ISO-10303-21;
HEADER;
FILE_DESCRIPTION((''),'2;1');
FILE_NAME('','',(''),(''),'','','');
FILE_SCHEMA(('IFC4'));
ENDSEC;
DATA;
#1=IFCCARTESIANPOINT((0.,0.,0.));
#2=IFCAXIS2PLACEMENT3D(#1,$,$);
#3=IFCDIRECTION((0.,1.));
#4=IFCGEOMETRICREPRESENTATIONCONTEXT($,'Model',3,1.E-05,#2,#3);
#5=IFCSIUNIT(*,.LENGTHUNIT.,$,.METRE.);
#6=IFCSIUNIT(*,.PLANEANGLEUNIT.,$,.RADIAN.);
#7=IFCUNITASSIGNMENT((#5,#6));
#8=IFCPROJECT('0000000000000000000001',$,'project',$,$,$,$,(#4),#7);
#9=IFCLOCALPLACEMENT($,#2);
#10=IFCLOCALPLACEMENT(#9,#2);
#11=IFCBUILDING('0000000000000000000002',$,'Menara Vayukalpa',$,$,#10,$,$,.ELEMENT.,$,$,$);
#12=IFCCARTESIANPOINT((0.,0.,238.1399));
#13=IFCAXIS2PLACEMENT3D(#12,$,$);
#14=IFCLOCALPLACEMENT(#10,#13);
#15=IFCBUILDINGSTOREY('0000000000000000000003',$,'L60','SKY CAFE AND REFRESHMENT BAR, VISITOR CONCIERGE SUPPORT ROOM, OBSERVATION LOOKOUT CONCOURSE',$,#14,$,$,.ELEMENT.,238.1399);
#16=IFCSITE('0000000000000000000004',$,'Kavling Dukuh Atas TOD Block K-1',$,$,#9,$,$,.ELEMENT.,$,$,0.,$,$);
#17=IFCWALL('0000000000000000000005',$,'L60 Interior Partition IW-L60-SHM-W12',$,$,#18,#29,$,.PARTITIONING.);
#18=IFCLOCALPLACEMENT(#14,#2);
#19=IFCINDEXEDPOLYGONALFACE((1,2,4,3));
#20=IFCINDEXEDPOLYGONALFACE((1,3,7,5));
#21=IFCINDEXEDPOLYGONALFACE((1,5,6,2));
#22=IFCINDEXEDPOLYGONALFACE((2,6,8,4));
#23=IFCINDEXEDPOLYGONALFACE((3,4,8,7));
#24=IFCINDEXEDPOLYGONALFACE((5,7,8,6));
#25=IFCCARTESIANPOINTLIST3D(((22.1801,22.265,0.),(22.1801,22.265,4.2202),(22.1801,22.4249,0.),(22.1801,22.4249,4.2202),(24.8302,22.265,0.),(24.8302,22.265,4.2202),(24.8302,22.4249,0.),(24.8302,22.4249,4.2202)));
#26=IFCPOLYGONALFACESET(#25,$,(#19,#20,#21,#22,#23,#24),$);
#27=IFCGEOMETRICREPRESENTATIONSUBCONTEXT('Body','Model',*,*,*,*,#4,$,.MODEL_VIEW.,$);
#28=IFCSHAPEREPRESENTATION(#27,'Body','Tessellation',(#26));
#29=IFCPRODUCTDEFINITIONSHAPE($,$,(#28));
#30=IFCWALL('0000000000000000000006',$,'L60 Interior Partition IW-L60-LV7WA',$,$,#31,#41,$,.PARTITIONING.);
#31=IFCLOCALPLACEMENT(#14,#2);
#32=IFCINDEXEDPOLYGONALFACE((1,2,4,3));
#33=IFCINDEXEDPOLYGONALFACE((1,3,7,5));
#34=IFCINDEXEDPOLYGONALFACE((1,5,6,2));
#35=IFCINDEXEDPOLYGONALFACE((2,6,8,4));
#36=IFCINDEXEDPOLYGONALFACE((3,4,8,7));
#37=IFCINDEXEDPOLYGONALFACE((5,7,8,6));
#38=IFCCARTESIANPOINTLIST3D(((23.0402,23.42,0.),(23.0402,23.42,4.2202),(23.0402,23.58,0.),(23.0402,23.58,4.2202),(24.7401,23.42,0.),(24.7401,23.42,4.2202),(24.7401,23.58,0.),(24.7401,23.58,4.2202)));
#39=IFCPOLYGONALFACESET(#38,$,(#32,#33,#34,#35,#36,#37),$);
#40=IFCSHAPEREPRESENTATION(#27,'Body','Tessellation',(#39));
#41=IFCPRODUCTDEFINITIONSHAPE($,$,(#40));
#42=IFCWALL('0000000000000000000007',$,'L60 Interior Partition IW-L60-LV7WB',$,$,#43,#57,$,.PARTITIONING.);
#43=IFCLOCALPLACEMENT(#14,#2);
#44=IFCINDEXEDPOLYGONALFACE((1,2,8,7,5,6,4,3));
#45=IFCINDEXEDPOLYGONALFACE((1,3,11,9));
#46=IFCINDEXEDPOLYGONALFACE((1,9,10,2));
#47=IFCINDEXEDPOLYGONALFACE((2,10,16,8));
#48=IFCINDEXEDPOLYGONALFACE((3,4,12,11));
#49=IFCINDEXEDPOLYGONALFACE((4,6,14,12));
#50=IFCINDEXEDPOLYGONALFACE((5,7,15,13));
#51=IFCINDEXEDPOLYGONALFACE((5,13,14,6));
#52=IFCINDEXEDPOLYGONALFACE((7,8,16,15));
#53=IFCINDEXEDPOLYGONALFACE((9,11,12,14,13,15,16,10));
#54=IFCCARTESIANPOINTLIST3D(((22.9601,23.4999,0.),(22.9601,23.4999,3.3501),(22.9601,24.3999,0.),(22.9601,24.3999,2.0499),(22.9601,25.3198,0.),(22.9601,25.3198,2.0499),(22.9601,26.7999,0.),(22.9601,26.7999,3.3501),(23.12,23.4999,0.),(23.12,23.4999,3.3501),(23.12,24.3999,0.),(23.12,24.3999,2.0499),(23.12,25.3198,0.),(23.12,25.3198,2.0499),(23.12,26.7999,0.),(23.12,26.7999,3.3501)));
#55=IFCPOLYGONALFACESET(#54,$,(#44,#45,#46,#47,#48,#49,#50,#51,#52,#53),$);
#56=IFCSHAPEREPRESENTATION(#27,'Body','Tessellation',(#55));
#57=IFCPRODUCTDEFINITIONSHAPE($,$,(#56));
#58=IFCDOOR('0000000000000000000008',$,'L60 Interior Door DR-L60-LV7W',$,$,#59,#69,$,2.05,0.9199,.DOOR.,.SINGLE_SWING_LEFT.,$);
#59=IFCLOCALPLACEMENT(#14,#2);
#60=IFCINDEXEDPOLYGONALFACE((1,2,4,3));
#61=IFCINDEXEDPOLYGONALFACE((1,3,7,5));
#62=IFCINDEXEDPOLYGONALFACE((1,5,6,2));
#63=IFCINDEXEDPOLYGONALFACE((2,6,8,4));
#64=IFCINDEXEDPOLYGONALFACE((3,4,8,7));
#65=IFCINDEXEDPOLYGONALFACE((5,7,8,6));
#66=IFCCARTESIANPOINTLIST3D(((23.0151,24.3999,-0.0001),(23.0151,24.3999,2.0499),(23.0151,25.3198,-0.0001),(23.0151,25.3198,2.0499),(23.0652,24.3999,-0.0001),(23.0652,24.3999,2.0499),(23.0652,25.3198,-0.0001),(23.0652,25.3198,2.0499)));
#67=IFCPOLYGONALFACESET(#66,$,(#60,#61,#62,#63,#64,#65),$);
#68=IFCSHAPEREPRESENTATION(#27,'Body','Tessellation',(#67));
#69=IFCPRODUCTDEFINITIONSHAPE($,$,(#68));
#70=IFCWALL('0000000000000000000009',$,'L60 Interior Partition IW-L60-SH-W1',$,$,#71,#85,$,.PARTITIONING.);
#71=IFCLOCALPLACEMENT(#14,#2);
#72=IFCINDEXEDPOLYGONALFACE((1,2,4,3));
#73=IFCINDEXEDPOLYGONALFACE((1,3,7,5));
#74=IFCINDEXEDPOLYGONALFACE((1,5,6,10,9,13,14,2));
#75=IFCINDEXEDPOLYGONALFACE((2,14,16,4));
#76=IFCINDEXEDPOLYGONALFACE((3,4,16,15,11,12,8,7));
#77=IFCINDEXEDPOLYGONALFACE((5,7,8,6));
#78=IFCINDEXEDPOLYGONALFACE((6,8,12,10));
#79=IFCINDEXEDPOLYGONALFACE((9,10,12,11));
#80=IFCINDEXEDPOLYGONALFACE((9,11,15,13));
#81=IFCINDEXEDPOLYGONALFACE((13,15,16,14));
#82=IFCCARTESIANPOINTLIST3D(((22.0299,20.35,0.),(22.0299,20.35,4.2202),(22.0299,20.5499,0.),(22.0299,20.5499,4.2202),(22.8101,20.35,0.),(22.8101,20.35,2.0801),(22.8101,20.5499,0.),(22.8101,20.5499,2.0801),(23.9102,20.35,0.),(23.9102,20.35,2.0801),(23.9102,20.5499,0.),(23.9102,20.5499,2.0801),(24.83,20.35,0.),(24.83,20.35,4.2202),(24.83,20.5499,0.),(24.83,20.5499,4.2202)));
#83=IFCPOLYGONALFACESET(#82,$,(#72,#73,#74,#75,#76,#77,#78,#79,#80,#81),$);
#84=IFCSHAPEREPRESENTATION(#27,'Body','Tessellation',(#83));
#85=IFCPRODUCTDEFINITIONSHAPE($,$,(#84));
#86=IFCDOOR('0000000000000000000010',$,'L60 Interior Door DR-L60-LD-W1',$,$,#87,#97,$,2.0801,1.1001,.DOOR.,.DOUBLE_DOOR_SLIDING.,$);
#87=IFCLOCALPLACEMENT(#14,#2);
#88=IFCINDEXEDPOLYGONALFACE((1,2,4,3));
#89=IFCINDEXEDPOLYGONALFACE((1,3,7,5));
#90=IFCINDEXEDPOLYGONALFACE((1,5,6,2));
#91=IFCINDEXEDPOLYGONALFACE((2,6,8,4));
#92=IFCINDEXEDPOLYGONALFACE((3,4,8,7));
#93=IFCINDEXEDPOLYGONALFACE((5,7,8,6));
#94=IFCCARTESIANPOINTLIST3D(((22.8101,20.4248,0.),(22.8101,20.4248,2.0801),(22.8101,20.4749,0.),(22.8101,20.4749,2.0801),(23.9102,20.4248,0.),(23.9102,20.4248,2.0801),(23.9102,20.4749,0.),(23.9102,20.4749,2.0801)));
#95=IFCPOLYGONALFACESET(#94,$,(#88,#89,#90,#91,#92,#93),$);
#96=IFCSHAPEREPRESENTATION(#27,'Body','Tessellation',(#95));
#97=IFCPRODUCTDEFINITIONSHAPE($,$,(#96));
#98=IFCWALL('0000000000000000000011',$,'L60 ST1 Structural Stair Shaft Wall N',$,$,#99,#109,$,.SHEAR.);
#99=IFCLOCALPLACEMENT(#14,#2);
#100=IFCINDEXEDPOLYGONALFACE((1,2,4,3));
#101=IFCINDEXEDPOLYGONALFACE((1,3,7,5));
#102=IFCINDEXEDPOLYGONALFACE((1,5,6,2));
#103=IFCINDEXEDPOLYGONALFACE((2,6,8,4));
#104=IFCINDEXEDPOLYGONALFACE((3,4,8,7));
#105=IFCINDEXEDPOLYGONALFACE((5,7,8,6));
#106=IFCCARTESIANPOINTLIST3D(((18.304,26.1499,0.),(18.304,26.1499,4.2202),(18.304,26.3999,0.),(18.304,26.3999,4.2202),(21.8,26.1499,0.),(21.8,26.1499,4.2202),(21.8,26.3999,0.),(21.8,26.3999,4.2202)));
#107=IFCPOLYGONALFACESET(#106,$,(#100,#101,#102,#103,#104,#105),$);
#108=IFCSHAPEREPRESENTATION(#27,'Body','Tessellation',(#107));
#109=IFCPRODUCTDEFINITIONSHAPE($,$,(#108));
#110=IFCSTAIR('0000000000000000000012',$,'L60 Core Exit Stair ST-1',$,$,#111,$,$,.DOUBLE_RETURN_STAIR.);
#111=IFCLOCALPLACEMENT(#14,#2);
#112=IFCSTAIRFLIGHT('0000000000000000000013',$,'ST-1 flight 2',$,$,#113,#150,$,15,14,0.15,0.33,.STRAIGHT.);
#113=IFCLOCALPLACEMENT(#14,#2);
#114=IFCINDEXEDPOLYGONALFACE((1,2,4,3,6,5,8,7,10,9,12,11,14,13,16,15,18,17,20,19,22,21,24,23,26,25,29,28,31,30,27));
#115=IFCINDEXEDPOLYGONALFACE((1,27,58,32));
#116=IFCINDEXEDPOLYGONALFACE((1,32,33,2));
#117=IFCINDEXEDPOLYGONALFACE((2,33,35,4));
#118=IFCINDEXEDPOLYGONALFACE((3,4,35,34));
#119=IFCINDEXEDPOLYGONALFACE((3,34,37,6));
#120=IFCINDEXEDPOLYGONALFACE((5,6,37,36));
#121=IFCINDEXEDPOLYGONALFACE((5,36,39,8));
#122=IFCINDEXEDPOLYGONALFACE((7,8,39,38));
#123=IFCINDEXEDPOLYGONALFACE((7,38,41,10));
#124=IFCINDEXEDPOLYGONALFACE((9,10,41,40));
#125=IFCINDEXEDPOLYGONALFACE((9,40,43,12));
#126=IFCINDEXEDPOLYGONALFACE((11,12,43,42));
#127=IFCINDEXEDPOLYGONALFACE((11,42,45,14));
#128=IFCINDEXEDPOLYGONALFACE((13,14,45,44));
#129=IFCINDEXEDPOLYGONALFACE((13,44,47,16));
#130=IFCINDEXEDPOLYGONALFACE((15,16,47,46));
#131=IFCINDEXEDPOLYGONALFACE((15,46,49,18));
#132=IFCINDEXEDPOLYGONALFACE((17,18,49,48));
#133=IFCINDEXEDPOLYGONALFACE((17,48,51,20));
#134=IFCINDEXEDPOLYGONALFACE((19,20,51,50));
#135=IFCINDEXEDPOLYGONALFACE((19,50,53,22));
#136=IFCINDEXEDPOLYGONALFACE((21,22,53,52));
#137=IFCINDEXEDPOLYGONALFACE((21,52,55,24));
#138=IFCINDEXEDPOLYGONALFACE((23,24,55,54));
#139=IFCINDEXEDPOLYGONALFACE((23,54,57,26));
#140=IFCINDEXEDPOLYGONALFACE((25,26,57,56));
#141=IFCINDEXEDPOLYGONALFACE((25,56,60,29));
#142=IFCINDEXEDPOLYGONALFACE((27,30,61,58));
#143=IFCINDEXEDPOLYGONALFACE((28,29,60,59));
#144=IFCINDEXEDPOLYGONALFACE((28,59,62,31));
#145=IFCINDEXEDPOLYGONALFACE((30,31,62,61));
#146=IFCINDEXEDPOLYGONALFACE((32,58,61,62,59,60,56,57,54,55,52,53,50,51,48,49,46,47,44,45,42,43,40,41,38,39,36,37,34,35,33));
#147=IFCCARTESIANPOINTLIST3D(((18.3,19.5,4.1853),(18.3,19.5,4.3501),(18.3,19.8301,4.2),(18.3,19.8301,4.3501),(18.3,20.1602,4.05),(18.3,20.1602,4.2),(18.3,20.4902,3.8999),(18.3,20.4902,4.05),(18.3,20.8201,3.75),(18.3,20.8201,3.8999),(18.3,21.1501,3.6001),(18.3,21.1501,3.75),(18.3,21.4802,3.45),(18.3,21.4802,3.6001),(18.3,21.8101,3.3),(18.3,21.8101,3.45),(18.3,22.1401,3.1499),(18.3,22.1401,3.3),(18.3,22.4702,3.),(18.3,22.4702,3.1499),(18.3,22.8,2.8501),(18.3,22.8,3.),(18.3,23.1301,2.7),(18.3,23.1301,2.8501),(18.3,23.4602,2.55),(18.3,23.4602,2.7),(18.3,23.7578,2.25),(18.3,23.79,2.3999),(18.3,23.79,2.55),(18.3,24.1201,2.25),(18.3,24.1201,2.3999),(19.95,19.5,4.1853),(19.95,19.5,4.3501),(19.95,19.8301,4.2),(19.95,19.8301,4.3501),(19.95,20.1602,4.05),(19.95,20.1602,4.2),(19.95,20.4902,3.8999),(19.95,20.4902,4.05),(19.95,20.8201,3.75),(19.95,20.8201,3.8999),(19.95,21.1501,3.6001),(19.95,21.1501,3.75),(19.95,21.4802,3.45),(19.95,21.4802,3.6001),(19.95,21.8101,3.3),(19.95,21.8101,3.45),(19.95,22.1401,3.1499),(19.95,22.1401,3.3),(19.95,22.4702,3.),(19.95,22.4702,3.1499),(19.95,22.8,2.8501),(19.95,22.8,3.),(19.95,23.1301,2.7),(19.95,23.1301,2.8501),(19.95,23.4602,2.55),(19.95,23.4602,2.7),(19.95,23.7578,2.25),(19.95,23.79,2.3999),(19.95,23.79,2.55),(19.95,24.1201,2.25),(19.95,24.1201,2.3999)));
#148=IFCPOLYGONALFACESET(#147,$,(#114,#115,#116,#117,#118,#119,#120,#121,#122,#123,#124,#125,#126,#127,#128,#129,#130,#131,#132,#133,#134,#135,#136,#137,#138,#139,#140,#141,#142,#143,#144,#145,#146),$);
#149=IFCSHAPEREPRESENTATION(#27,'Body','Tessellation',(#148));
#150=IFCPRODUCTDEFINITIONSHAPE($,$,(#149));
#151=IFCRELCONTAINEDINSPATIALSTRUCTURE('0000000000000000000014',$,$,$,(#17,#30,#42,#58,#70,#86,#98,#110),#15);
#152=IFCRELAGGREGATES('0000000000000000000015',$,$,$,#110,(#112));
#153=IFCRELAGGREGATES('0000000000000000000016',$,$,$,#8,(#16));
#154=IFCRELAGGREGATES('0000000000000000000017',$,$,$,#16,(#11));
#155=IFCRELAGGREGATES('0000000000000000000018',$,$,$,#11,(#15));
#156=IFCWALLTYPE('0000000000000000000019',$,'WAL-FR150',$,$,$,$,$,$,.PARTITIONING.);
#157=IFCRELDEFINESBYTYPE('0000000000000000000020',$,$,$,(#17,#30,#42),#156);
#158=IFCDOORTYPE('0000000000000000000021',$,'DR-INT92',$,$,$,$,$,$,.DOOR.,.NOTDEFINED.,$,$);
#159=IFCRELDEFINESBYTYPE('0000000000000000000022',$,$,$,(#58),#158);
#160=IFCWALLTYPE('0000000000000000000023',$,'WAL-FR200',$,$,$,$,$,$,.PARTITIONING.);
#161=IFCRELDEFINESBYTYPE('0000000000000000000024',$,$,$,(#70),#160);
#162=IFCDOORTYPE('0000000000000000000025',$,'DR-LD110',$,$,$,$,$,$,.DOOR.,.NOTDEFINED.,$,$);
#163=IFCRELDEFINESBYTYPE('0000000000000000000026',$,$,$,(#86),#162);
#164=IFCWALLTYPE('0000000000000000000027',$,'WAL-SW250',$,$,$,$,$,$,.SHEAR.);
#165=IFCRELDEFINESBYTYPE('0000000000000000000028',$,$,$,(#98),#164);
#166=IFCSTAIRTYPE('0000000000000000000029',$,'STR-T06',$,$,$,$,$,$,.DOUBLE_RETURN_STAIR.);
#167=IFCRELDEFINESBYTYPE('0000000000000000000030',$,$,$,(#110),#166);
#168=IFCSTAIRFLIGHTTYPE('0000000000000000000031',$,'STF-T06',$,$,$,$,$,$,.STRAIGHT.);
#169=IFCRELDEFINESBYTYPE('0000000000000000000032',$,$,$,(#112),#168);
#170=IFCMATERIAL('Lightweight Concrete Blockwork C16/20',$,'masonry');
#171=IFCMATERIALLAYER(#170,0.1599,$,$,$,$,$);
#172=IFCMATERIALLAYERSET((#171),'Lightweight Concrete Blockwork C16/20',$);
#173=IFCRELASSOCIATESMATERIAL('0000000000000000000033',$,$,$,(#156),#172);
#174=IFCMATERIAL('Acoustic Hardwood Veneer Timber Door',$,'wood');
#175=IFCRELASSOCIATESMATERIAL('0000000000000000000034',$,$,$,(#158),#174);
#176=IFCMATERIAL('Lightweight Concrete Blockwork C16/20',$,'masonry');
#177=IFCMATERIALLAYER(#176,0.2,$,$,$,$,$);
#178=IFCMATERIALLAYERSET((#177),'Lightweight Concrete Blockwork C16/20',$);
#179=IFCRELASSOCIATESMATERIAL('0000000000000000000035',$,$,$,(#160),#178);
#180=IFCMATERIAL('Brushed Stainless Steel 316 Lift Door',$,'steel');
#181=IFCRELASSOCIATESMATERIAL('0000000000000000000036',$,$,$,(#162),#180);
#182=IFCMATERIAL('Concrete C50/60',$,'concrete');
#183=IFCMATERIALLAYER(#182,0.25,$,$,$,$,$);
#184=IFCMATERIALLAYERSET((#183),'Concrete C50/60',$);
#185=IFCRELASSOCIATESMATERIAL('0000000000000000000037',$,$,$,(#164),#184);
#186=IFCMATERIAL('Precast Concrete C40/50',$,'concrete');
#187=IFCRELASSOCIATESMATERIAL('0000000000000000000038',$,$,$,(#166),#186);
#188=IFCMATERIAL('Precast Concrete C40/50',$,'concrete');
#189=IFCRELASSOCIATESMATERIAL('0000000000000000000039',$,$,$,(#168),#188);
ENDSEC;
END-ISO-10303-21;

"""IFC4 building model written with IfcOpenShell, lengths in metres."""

from ifc_helpers import new_model, si_unit, direction, frame, frame_2d, origin, place, context, subcontext, project, spatial, polyline, rectangle, outline, extrude, material, layer, layer_set, type_object, element, fill, aggregate, save


model = new_model("IFC4")

# Units and contexts
model_context = context("Model", 3, precision=1e-05, world=origin(), true_north=direction((0.0, 1.0)))
body_context = subcontext(model_context, "Body", "Model", "MODEL_VIEW")
ifc_project = project(units=[si_unit("LENGTHUNIT", "METRE"), si_unit("PLANEANGLEUNIT", "RADIAN")], contexts=[model_context])

# Site, building, storey
site_placement = place(None, origin())
site = spatial("IfcSite", under=ifc_project, at=site_placement, Name="Kavling Dukuh Atas TOD Block K-1", CompositionType="ELEMENT", RefElevation=0.0)
building_placement = place(site_placement, origin())
building = spatial("IfcBuilding", under=site, at=building_placement, Name="Menara Vayukalpa", CompositionType="ELEMENT")
storey_placement = place(building_placement, frame((0.0, 0.0, 238.1399)))
storey = spatial("IfcBuildingStorey", under=building, at=storey_placement, Name="L60", Description="SKY CAFE AND REFRESHMENT BAR, VISITOR CONCIERGE SUPPORT ROOM, OBSERVATION LOOKOUT CONCOURSE", CompositionType="ELEMENT", Elevation=238.1399)

# Walls
ifc_material_1 = material(Name="Lightweight Concrete Blockwork C16/20", Category="masonry")
ifc_layer_1 = layer(ifc_material_1, 0.1599)
ifc_layer_set_1 = layer_set([ifc_layer_1], Name="Lightweight Concrete Blockwork C16/20")
wall_type_1 = type_object("IfcWallType", Name="WAL-FR150", PredefinedType="PARTITIONING", material=ifc_layer_set_1)
wall_1_placement = place(storey_placement, frame((22.1799, 22.345, 0.0), z_axis=(0.0, 0.0, 1.0), x_axis=(1.0, 0.0, 0.0)))
element("IfcWall", 1, at=wall_1_placement, inside=storey, type_object=wall_type_1, Name="L60 Interior Partition IW-L60-SHM-W12", PredefinedType="PARTITIONING", context=body_context, shape_type="SweptSolid", body=[
    extrude(rectangle(XDim=2.6501, YDim=0.1599, at=frame_2d((1.3252, 0.0))), origin(), (0.0, 0.0, 1.0), 4.2202),
])
wall_2_placement = place(storey_placement, frame((23.04, 23.5, 0.0), z_axis=(0.0, 0.0, 1.0), x_axis=(1.0, 0.0, 0.0)))
element("IfcWall", 2, at=wall_2_placement, inside=storey, type_object=wall_type_1, Name="L60 Interior Partition IW-L60-LV7WA", PredefinedType="PARTITIONING", context=body_context, shape_type="SweptSolid", body=[
    extrude(rectangle(XDim=1.7, YDim=0.1599, at=frame_2d((0.8501, 0.0))), origin(), (0.0, 0.0, 1.0), 4.2202),
])

# Walls, openings, doors
wall_3_placement = place(storey_placement, frame((23.04, 23.5, 0.0), z_axis=(0.0, 0.0, 1.0), x_axis=(0.0, 1.0, 0.0)))
wall_3 = element("IfcWall", 3, at=wall_3_placement, inside=storey, type_object=wall_type_1, Name="L60 Interior Partition IW-L60-LV7WB", PredefinedType="PARTITIONING", context=body_context, shape_type="SweptSolid", body=[
    extrude(rectangle(XDim=3.3, YDim=0.1599, at=frame_2d((1.6499, 0.0))), origin(), (0.0, 0.0, 1.0), 3.3501),
])
opening_1_placement = place(wall_3_placement, frame((0.8999, 0.0, 0.0)))
opening_1 = element("IfcOpeningElement", 4, at=opening_1_placement, cuts=wall_3, PredefinedType="OPENING", context=body_context, shape_type="SweptSolid", body=[
    extrude(rectangle(XDim=0.9199, YDim=2.05, at=frame_2d((0.46, 1.0249))), frame((0.0, 0.0898, 0.0), z_axis=(0.0, -1.0, 0.0), x_axis=(1.0, 0.0, 0.0)), (0.0, 0.0, 1.0), 0.1799),
])
ifc_material_2 = material(Name="Acoustic Hardwood Veneer Timber Door", Category="wood")
door_type_1 = type_object("IfcDoorType", Name="DR-INT92", OperationType="NOTDEFINED", PredefinedType="DOOR", material=ifc_material_2)
door_1_placement = place(opening_1_placement, origin())
door_1 = element("IfcDoor", 5, at=door_1_placement, inside=storey, type_object=door_type_1, Name="L60 Interior Door DR-L60-LV7W", OperationType="SINGLE_SWING_LEFT", OverallHeight=2.05, OverallWidth=0.9199, PredefinedType="DOOR", context=body_context, shape_type="SweptSolid", body=[
    extrude(rectangle(XDim=0.9199, YDim=2.05, at=frame_2d((0.46, 1.0249))), frame((0.0, 0.0249, 0.0), z_axis=(0.0, -1.0, 0.0), x_axis=(1.0, 0.0, 0.0)), (0.0, 0.0, 1.0), 0.05),
])
fill(opening_1, door_1)
ifc_material_3 = material(Name="Lightweight Concrete Blockwork C16/20", Category="masonry")
ifc_layer_2 = layer(ifc_material_3, 0.2)
ifc_layer_set_2 = layer_set([ifc_layer_2], Name="Lightweight Concrete Blockwork C16/20")
wall_type_2 = type_object("IfcWallType", Name="WAL-FR200", PredefinedType="PARTITIONING", material=ifc_layer_set_2)
wall_4_placement = place(storey_placement, frame((22.03, 20.45, 0.0), z_axis=(0.0, 0.0, 1.0), x_axis=(1.0, 0.0, 0.0)))
wall_4 = element("IfcWall", 6, at=wall_4_placement, inside=storey, type_object=wall_type_2, Name="L60 Interior Partition IW-L60-SH-W1", PredefinedType="PARTITIONING", context=body_context, shape_type="SweptSolid", body=[
    extrude(rectangle(XDim=2.8, YDim=0.2, at=frame_2d((1.3999, 0.0))), origin(), (0.0, 0.0, 1.0), 4.2202),
])
opening_2_placement = place(wall_4_placement, frame((0.78, 0.0, 0.0)))
opening_2 = element("IfcOpeningElement", 7, at=opening_2_placement, cuts=wall_4, PredefinedType="OPENING", context=body_context, shape_type="SweptSolid", body=[
    extrude(rectangle(XDim=1.1001, YDim=2.0801, at=frame_2d((0.55, 1.04))), frame((0.0, 0.1099, 0.0), z_axis=(0.0, -1.0, 0.0), x_axis=(1.0, 0.0, 0.0)), (0.0, 0.0, 1.0), 0.22),
])
ifc_material_4 = material(Name="Brushed Stainless Steel 316 Lift Door", Category="steel")
door_type_2 = type_object("IfcDoorType", Name="DR-LD110", OperationType="NOTDEFINED", PredefinedType="DOOR", material=ifc_material_4)
door_2_placement = place(opening_2_placement, origin())
door_2 = element("IfcDoor", 8, at=door_2_placement, inside=storey, type_object=door_type_2, Name="L60 Interior Door DR-L60-LD-W1", OperationType="DOUBLE_DOOR_SLIDING", OverallHeight=2.0801, OverallWidth=1.1001, PredefinedType="DOOR", context=body_context, shape_type="SweptSolid", body=[
    extrude(rectangle(XDim=1.1001, YDim=2.0801, at=frame_2d((0.55, 1.04))), frame((0.0, 0.0249, 0.0), z_axis=(0.0, -1.0, 0.0), x_axis=(1.0, 0.0, 0.0)), (0.0, 0.0, 1.0), 0.05),
])
fill(opening_2, door_2)

# Wall
ifc_material_5 = material(Name="Concrete C50/60", Category="concrete")
ifc_layer_3 = layer(ifc_material_5, 0.25)
ifc_layer_set_3 = layer_set([ifc_layer_3], Name="Concrete C50/60")
wall_type_3 = type_object("IfcWallType", Name="WAL-SW250", PredefinedType="SHEAR", material=ifc_layer_set_3)
wall_5_placement = place(storey_placement, frame((18.304, 26.2749, 0.0), z_axis=(0.0, 0.0, 1.0), x_axis=(1.0, 0.0, 0.0)))
element("IfcWall", 9, at=wall_5_placement, inside=storey, type_object=wall_type_3, Name="L60 ST1 Structural Stair Shaft Wall N", PredefinedType="SHEAR", context=body_context, shape_type="SweptSolid", body=[
    extrude(rectangle(XDim=3.4961, YDim=0.25, at=frame_2d((1.748, 0.0))), origin(), (0.0, 0.0, 1.0), 4.2202),
])

# Stair, stair flight
ifc_material_6 = material(Name="Precast Concrete C40/50", Category="concrete")
stair_type = type_object("IfcStairType", Name="STR-T06", PredefinedType="DOUBLE_RETURN_STAIR", material=ifc_material_6)
stair_placement = place(storey_placement, origin())
stair = element("IfcStair", 10, at=stair_placement, inside=storey, type_object=stair_type, Name="L60 Core Exit Stair ST-1", PredefinedType="DOUBLE_RETURN_STAIR")
ifc_material_7 = material(Name="Precast Concrete C40/50", Category="concrete")
stair_flight_type = type_object("IfcStairFlightType", Name="STF-T06", PredefinedType="STRAIGHT", material=ifc_material_7)
stair_flight_placement = place(storey_placement, frame((19.125, 24.1201, 2.25), z_axis=(0.0, 0.0, 1.0), x_axis=(0.0, -1.0, 0.0)))
stair_flight = element("IfcStairFlight", 11, at=stair_flight_placement, type_object=stair_flight_type, Name="ST-1 flight 2", NumberOfRisers=15, NumberOfTreads=14, PredefinedType="STRAIGHT", RiserHeight=0.15, TreadLength=0.33, context=body_context, shape_type="SweptSolid", body=[
    extrude(outline(polyline([(0.0, 0.0), (0.0, 0.1499), (0.3301, 0.1499), (0.3301, 0.3), (0.6599, 0.3), (0.6599, 0.45), (0.99, 0.45), (0.99, 0.6001), (1.3201, 0.6001), (1.3201, 0.75), (1.6499, 0.75), (1.6499, 0.8999), (1.98, 0.8999), (1.98, 1.05), (2.3101, 1.05), (2.3101, 1.2), (2.6399, 1.2), (2.6399, 1.3501), (2.97, 1.3501), (2.97, 1.5), (3.3, 1.5), (3.3, 1.6499), (3.6299, 1.6499), (3.6299, 1.8), (3.96, 1.8), (3.96, 1.95), (4.29, 1.95), (4.29, 2.1001), (4.6201, 2.1001), (4.6201, 2.25), (4.6201, 1.9353), (0.3623, 0.0), (0.0, 0.0)])), frame((0.0, 0.825, 0.0), z_axis=(0.0, -1.0, 0.0), x_axis=(1.0, 0.0, 0.0)), (0.0, 0.0, 1.0), 1.6499),
])
aggregate(stair, [stair_flight])

save(model, "model.ifc")
